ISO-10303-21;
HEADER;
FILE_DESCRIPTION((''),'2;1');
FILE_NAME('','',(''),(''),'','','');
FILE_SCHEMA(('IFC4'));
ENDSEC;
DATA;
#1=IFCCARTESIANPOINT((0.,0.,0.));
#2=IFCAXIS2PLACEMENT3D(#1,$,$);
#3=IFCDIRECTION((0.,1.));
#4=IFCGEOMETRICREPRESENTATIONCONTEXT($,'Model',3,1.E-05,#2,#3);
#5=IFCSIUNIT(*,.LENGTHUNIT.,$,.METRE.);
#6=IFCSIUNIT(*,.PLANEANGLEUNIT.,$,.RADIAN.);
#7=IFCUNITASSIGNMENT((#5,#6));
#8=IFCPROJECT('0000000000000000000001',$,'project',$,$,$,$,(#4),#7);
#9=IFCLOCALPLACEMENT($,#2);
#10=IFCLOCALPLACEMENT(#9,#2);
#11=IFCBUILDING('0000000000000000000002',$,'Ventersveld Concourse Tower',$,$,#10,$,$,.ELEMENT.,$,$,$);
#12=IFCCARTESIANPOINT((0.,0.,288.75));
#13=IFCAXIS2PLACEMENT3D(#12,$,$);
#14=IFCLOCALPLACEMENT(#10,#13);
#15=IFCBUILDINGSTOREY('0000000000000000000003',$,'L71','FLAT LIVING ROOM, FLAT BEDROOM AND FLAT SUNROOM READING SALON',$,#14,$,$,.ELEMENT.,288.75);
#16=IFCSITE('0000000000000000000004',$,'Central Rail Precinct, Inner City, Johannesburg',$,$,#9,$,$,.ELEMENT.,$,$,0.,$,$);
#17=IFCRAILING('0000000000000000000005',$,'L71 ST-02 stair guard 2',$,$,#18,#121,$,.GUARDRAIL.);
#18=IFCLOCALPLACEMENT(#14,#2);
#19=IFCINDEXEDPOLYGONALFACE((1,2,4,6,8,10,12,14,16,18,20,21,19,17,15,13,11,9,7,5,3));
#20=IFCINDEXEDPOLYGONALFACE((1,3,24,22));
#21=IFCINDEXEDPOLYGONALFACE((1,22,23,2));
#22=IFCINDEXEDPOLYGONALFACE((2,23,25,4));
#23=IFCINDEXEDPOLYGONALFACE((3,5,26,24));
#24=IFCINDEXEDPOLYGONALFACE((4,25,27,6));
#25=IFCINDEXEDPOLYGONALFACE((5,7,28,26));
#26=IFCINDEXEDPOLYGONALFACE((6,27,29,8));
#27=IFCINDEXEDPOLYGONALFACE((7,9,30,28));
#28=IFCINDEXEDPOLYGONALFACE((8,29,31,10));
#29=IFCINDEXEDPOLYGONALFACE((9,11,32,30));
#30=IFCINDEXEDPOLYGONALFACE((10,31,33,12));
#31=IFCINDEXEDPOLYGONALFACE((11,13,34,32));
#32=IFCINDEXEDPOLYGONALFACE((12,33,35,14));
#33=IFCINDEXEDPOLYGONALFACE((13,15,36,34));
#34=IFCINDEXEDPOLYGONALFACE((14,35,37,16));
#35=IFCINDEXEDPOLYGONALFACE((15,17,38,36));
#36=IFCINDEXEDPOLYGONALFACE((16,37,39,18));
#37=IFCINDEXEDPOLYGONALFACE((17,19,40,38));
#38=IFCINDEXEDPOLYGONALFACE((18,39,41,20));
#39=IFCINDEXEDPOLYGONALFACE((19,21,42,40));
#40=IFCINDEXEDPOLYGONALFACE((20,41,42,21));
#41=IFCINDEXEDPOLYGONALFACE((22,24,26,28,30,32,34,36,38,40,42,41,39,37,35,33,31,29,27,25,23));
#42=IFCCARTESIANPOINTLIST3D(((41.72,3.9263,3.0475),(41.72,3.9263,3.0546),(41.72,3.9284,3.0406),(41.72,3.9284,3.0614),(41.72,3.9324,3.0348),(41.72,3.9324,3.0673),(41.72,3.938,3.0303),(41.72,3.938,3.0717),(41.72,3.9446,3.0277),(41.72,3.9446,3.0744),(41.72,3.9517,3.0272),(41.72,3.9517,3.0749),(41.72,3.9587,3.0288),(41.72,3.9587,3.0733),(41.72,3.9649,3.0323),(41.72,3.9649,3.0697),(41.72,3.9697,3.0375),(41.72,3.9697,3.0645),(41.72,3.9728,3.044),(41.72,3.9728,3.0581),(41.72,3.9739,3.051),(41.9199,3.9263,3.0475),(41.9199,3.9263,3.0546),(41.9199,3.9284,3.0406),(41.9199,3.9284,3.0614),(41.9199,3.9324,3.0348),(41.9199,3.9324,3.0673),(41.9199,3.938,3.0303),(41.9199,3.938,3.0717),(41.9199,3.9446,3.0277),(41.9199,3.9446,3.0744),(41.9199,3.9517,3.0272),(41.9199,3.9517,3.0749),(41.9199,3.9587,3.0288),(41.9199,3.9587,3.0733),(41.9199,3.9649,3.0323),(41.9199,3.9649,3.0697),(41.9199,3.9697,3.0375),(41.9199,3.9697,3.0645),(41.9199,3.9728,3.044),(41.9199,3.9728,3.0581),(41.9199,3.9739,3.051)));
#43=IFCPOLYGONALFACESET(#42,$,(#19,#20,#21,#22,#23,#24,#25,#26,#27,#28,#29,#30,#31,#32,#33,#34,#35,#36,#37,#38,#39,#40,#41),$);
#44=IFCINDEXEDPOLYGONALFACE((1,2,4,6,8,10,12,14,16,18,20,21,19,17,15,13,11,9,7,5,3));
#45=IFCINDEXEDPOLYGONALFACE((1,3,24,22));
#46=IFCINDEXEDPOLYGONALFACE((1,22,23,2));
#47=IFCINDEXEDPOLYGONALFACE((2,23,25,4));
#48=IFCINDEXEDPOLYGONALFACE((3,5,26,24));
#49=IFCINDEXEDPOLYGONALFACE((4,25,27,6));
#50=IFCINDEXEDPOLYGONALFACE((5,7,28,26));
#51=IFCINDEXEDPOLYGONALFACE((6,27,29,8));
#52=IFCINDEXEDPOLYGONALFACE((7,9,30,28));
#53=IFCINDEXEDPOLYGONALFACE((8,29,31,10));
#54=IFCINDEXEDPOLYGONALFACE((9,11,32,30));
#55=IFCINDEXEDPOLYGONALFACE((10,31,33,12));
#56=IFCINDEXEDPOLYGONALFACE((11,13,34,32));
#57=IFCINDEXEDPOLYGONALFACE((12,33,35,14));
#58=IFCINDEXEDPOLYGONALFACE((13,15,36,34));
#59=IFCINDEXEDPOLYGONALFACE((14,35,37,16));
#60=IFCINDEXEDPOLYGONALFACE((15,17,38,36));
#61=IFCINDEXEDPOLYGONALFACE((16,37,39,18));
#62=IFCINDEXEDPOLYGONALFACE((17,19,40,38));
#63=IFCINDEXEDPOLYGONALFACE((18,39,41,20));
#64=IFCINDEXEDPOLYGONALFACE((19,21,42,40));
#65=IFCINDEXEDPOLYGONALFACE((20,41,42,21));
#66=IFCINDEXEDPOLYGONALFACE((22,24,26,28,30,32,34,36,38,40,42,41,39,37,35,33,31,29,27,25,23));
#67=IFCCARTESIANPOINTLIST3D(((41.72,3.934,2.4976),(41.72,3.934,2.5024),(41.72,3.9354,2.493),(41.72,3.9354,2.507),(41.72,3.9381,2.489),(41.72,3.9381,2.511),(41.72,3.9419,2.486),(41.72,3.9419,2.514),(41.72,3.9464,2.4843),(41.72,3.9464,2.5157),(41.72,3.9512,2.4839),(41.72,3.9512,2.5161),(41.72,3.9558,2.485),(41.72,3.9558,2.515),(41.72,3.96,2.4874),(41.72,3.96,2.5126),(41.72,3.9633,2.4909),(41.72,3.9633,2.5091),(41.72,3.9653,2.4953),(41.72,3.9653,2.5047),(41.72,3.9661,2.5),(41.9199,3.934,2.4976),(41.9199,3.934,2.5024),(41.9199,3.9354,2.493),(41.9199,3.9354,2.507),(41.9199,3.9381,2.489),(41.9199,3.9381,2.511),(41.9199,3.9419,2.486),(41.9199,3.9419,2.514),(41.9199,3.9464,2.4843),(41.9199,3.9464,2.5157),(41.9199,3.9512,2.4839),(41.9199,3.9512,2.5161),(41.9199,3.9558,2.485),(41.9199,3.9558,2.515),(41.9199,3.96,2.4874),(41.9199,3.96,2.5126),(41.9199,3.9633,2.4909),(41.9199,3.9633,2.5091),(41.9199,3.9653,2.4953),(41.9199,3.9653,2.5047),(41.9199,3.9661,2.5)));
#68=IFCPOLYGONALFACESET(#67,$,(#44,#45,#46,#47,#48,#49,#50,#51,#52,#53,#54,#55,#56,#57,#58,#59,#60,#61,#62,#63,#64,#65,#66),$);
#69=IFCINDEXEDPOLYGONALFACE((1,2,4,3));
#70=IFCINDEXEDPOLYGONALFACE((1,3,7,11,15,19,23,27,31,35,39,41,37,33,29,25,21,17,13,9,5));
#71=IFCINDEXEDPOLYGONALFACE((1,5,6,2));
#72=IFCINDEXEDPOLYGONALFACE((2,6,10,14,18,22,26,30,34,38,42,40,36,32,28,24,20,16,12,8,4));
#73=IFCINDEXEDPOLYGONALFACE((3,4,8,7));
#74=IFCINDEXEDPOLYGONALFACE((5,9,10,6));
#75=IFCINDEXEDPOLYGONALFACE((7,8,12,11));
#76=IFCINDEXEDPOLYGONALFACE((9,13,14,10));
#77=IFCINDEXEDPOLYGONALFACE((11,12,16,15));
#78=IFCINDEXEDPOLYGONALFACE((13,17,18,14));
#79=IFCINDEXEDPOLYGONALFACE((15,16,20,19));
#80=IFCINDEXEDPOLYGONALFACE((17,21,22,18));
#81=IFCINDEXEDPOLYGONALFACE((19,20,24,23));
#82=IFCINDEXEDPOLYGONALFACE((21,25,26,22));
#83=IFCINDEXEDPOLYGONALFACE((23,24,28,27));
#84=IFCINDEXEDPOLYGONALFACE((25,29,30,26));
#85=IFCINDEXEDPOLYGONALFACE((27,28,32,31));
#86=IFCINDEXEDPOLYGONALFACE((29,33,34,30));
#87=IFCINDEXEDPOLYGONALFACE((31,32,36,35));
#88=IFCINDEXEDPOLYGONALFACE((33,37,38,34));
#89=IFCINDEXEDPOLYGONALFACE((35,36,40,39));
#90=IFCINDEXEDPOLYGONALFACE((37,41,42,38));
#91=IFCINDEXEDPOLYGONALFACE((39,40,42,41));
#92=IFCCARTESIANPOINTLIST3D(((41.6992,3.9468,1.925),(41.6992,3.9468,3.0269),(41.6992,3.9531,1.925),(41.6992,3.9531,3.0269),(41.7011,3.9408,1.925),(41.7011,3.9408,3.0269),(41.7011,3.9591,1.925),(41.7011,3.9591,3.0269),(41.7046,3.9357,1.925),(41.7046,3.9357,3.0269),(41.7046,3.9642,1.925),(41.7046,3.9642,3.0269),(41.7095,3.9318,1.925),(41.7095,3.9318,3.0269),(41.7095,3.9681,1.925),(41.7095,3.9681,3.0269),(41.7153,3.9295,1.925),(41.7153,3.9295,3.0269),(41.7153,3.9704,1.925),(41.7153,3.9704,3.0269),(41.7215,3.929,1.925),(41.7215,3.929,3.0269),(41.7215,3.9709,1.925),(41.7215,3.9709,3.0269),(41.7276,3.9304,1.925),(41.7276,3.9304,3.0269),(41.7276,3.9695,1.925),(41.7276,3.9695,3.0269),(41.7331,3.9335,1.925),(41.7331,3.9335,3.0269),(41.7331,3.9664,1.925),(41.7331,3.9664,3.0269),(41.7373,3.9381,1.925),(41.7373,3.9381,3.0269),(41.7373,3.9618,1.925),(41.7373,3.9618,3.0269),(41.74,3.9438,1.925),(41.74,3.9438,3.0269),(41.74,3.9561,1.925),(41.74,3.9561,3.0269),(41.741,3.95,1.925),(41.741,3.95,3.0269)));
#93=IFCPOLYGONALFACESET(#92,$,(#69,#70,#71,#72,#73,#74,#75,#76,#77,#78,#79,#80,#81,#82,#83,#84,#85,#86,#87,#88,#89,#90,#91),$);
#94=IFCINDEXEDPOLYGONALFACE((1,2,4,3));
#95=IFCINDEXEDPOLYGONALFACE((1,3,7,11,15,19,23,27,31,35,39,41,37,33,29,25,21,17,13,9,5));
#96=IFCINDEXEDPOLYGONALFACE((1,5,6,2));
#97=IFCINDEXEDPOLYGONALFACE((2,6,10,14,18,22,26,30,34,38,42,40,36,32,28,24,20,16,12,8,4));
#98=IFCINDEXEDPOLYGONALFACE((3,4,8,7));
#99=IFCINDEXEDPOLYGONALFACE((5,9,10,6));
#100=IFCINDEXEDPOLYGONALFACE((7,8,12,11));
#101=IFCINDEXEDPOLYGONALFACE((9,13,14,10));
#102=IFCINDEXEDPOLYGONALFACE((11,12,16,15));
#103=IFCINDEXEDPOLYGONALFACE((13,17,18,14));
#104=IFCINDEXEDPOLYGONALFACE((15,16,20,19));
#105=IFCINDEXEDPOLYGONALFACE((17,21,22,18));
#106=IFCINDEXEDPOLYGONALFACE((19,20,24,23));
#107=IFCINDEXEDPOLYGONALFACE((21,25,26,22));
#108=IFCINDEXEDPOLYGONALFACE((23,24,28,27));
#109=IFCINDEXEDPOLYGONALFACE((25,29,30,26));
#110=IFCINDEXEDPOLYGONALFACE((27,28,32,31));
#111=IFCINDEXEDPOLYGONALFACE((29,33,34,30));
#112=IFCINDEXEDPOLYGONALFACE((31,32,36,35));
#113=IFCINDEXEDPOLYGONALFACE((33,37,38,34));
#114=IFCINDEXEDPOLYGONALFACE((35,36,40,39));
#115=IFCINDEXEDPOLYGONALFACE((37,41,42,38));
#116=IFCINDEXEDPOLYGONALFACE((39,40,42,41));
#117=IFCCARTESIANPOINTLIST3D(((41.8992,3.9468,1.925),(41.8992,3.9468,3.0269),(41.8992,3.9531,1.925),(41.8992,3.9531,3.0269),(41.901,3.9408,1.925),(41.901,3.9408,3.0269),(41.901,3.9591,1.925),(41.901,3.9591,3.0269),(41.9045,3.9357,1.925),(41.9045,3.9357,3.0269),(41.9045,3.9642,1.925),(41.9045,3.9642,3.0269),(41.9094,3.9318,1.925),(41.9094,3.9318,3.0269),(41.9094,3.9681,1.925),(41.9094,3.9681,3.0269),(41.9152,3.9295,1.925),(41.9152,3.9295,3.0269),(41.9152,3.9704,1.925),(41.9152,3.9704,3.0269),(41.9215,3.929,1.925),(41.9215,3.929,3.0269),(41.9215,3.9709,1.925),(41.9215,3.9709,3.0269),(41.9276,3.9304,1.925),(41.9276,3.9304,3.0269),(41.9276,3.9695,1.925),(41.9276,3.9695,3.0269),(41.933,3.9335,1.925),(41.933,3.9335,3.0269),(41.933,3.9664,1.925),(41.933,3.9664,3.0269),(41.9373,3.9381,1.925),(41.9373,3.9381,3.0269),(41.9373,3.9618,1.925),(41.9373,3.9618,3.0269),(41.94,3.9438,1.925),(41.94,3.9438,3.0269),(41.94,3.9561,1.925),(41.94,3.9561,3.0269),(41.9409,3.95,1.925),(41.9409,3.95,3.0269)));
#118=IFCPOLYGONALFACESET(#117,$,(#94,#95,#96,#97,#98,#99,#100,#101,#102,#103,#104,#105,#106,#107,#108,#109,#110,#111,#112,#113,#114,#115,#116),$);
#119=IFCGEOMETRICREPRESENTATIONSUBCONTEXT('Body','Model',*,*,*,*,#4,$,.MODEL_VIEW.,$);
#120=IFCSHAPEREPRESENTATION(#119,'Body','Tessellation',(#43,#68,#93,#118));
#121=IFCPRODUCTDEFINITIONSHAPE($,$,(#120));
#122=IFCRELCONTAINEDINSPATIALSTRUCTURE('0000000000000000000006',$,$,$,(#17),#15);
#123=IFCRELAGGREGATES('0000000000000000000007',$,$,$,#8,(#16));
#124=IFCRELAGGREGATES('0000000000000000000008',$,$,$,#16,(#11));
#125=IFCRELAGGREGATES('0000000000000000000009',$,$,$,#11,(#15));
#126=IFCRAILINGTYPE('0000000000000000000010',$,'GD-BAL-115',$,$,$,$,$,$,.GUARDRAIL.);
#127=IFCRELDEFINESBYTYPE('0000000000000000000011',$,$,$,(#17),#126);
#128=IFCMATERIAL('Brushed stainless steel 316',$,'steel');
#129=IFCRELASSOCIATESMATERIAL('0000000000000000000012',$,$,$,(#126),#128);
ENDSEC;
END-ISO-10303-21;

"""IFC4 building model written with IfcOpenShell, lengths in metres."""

from ifc_helpers import new_model, si_unit, direction, frame, origin, origin_2d, place, context, subcontext, project, spatial, circle, extrude, material, type_object, element, save


model = new_model("IFC4")

# Units and contexts
model_context = context("Model", 3, precision=1e-05, world=origin(), true_north=direction((0.0, 1.0)))
body_context = subcontext(model_context, "Body", "Model", "MODEL_VIEW")
ifc_project = project(units=[si_unit("LENGTHUNIT", "METRE"), si_unit("PLANEANGLEUNIT", "RADIAN")], contexts=[model_context])

# Site, building, storey
site_placement = place(None, origin())
site = spatial("IfcSite", under=ifc_project, at=site_placement, Name="Central Rail Precinct, Inner City, Johannesburg", CompositionType="ELEMENT", RefElevation=0.0)
building_placement = place(site_placement, origin())
building = spatial("IfcBuilding", under=site, at=building_placement, Name="Ventersveld Concourse Tower", CompositionType="ELEMENT")
storey_placement = place(building_placement, frame((0.0, 0.0, 288.75)))
storey = spatial("IfcBuildingStorey", under=building, at=storey_placement, Name="L71", Description="FLAT LIVING ROOM, FLAT BEDROOM AND FLAT SUNROOM READING SALON", CompositionType="ELEMENT", Elevation=288.75)

# Railing
ifc_material_1 = material(Name="Brushed stainless steel 316", Category="steel")
railing_type_1 = type_object("IfcRailingType", Name="GD-BAL-115", PredefinedType="GUARDRAIL", material=ifc_material_1)
railing_1_placement = place(storey_placement, frame((41.72, 3.95, 1.925)))
element("IfcRailing", 1, at=railing_1_placement, inside=storey, type_object=railing_type_1, Name="L71 ST-02 stair guard 2", PredefinedType="GUARDRAIL", context=body_context, shape_type="SweptSolid", body=[
    extrude(circle(Radius=0.0239, at=origin_2d()), frame((0.0, 0.0, 1.126), z_axis=(1.0, 0.0, 0.0), x_axis=(0.0, 1.0, 0.0)), (0.0, 0.0, 1.0), 0.2),
    extrude(circle(Radius=0.0161, at=origin_2d()), frame((0.0, 0.0, 0.575), z_axis=(1.0, 0.0, 0.0), x_axis=(0.0, 1.0, 0.0)), (0.0, 0.0, 1.0), 0.2),
    extrude(circle(Radius=0.021, at=origin_2d()), origin(), (0.0, 0.0, 1.0), 1.1018),
    extrude(circle(Radius=0.021, at=origin_2d()), frame((0.2, 0.0, 0.0)), (0.0, 0.0, 1.0), 1.1018),
])

save(model, "model.ifc")
